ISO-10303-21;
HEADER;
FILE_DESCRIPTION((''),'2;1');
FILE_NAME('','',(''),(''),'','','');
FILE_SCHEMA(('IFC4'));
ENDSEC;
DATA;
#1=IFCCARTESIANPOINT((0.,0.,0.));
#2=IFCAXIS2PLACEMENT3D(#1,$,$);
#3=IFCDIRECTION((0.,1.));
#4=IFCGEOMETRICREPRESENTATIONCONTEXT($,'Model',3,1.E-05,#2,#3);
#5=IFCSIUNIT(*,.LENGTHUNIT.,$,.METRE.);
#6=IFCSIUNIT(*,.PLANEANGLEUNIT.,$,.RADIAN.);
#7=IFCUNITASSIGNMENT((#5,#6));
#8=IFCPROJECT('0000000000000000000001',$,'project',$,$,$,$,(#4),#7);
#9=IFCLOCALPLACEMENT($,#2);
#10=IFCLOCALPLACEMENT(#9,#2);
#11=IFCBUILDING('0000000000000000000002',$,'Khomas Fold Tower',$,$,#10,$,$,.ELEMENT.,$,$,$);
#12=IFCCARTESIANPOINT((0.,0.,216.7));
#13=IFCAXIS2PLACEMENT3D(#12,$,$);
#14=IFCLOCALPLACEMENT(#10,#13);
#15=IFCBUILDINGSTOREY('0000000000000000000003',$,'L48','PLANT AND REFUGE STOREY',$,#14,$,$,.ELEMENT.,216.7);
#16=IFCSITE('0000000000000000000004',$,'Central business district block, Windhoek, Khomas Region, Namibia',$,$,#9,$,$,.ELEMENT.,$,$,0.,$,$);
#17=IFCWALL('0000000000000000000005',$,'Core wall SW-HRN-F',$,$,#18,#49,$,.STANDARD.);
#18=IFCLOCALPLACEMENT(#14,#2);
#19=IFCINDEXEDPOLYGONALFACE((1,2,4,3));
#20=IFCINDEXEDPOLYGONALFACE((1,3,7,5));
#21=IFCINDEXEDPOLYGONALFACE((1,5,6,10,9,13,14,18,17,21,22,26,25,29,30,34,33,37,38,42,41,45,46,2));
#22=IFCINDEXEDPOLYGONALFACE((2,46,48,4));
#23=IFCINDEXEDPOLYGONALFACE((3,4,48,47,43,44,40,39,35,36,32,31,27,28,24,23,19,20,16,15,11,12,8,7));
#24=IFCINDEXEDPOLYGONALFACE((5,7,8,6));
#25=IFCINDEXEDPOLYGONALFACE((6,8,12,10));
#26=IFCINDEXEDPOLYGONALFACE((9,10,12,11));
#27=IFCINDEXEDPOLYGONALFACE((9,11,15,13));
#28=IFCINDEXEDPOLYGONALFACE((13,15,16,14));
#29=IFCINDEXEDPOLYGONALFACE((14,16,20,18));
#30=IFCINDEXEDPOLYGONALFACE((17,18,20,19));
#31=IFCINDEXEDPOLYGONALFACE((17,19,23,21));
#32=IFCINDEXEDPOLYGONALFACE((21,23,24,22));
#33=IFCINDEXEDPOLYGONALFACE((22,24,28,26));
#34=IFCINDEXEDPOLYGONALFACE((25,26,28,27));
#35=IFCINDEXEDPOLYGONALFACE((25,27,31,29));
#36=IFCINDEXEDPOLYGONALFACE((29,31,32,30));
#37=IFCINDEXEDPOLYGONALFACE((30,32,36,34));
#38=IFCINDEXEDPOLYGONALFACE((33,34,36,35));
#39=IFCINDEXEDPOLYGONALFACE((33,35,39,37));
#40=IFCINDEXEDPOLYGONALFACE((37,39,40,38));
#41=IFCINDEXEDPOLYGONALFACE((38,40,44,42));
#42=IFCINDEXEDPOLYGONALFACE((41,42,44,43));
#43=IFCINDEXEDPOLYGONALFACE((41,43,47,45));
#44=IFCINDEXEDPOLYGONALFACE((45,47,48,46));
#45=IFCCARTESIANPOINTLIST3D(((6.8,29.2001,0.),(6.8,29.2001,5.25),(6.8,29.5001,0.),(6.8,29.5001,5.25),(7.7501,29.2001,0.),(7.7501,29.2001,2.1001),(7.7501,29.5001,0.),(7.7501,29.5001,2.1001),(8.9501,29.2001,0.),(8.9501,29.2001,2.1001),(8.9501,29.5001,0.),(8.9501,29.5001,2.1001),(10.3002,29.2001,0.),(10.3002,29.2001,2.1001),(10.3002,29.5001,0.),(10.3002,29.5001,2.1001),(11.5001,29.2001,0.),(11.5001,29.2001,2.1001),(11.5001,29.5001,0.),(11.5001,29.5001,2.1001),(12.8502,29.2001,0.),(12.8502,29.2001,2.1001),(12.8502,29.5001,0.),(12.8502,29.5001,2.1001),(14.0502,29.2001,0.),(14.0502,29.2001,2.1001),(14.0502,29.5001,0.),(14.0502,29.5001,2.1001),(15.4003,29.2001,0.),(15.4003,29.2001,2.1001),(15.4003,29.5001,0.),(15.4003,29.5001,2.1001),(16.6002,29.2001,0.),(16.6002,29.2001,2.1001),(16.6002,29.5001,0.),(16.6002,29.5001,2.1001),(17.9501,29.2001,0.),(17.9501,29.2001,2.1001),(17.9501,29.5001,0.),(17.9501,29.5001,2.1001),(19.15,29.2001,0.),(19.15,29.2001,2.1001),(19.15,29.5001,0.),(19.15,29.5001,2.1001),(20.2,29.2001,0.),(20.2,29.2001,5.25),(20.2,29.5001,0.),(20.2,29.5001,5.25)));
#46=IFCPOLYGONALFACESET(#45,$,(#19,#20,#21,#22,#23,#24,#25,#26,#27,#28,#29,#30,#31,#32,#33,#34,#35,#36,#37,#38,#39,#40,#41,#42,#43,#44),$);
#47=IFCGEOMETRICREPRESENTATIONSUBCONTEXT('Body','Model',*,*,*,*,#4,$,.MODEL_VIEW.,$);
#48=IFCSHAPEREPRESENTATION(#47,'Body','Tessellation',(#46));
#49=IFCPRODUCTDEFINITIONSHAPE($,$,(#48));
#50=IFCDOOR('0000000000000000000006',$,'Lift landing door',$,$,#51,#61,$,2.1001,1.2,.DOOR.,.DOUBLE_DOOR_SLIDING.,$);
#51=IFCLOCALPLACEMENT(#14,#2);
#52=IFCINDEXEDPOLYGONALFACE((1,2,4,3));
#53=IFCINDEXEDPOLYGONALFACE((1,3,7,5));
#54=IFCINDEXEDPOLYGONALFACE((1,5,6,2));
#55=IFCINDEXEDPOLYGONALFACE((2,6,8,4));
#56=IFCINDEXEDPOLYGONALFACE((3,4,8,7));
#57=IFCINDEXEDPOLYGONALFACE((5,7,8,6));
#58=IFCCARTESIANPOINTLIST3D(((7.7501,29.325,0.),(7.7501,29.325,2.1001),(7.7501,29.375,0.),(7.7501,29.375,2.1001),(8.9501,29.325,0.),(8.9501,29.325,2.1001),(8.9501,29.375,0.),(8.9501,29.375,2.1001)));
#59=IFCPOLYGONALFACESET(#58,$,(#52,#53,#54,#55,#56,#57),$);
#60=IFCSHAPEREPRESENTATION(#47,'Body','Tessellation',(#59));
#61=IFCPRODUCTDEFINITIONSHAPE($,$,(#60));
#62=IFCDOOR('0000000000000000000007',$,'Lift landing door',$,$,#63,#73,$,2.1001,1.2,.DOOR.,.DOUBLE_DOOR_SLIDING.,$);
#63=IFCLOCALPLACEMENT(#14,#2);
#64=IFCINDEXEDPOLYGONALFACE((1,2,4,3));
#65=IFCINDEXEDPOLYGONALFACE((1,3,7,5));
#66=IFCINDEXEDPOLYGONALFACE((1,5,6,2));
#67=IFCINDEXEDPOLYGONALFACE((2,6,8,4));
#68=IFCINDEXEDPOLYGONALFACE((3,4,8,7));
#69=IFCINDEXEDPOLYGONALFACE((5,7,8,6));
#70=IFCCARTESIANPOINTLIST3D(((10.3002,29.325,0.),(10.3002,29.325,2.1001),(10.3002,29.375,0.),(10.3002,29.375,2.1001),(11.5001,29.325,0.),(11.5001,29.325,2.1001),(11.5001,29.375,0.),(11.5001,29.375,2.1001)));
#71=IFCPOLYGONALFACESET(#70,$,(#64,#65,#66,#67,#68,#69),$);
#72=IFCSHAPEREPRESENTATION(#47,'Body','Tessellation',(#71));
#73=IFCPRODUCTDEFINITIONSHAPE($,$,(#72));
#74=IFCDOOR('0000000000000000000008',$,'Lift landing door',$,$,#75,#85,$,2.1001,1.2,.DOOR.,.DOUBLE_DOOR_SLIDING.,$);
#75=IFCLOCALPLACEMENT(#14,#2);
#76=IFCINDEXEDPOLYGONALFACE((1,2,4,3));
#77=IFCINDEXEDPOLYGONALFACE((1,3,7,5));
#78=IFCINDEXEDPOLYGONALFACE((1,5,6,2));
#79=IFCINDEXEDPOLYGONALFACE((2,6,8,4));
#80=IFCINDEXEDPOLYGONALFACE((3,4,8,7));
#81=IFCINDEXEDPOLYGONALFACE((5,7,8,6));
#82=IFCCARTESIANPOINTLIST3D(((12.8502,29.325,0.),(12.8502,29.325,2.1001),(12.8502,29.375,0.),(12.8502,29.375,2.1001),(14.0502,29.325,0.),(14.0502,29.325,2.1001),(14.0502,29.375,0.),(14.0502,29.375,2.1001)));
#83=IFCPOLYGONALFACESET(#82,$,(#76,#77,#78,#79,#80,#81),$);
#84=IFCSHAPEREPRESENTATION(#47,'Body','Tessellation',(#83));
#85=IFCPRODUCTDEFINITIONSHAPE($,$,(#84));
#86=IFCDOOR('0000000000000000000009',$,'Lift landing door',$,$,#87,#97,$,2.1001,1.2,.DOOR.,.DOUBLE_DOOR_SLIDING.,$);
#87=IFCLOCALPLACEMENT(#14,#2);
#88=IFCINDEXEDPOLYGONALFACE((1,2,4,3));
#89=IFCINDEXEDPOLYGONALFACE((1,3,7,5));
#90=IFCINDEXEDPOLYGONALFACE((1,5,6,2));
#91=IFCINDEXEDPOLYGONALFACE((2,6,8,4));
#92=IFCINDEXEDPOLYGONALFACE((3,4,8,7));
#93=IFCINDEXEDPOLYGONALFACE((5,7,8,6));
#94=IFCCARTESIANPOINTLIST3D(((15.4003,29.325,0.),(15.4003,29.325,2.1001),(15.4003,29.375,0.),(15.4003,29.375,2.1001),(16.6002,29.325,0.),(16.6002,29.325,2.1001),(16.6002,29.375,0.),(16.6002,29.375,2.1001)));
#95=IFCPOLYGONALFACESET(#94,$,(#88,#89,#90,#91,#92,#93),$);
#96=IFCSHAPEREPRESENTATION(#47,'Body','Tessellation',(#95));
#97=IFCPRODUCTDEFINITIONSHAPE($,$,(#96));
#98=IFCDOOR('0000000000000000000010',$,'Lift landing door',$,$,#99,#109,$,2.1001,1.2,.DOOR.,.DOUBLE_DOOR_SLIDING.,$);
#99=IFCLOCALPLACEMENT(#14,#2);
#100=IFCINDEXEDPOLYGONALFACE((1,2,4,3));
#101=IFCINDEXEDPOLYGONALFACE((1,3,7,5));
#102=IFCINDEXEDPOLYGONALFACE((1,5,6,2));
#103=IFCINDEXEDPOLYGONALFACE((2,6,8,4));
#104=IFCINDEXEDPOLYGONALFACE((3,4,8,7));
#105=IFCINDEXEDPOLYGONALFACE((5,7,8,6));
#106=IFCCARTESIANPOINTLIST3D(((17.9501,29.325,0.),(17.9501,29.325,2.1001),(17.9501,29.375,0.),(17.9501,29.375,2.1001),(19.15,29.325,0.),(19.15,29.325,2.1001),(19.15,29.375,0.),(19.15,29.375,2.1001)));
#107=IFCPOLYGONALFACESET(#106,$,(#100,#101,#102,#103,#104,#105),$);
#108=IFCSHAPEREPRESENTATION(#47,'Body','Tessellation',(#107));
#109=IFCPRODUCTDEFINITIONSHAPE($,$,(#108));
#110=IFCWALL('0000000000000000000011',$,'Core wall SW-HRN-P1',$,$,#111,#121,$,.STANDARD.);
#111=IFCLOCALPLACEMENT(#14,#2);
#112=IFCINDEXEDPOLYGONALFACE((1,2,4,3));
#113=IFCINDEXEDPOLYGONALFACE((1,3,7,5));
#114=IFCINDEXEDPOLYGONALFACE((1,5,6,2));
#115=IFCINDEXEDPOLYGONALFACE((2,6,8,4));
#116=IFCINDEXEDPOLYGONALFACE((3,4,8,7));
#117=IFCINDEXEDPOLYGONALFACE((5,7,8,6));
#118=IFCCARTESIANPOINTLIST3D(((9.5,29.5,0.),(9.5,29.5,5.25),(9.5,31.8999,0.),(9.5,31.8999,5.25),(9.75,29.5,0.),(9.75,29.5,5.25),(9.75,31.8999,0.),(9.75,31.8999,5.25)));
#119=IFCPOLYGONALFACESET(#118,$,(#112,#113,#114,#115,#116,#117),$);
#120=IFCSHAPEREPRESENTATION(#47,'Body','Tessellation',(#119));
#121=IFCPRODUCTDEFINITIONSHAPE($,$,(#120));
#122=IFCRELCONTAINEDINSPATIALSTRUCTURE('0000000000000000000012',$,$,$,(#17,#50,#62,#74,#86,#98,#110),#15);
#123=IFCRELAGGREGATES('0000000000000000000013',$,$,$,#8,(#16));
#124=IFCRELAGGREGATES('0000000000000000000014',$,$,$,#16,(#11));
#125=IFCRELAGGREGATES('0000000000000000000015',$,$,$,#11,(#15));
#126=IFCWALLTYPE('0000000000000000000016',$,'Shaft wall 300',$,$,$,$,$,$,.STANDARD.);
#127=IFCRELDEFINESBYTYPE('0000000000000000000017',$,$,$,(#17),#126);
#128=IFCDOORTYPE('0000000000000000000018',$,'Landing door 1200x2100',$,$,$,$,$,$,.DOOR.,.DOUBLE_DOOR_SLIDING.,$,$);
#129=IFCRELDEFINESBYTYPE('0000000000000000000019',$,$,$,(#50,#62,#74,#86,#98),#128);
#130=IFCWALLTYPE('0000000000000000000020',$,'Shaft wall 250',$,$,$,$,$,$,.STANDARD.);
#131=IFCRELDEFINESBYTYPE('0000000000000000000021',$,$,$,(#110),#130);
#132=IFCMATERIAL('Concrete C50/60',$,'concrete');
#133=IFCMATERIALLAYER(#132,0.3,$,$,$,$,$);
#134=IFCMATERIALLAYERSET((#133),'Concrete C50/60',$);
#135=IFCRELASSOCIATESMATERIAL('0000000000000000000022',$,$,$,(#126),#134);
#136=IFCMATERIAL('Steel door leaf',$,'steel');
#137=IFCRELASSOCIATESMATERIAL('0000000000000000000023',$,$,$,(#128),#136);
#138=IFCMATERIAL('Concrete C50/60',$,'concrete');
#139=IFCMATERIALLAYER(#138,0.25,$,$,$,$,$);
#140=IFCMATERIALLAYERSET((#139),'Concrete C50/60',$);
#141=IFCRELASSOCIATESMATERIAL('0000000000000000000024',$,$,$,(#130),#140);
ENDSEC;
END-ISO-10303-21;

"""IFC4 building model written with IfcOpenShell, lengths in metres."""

from ifc_helpers import new_model, si_unit, direction, frame, frame_2d, origin, place, context, subcontext, project, spatial, rectangle, extrude, source, transform, mapped, material, layer, layer_set, type_object, element, fill, save


model = new_model("IFC4")

# Units and contexts
model_context = context("Model", 3, precision=1e-05, world=origin(), true_north=direction((0.0, 1.0)))
body_context = subcontext(model_context, "Body", "Model", "MODEL_VIEW")
ifc_project = project(units=[si_unit("LENGTHUNIT", "METRE"), si_unit("PLANEANGLEUNIT", "RADIAN")], contexts=[model_context])

# Site, building, storey
site_placement = place(None, origin())
site = spatial("IfcSite", under=ifc_project, at=site_placement, Name="Central business district block, Windhoek, Khomas Region, Namibia", CompositionType="ELEMENT", RefElevation=0.0)
building_placement = place(site_placement, origin())
building = spatial("IfcBuilding", under=site, at=building_placement, Name="Khomas Fold Tower", CompositionType="ELEMENT")
storey_placement = place(building_placement, frame((0.0, 0.0, 216.7)))
storey = spatial("IfcBuildingStorey", under=building, at=storey_placement, Name="L48", Description="PLANT AND REFUGE STOREY", CompositionType="ELEMENT", Elevation=216.7)

# Shared definitions
ifc_material_1 = material(Name="Concrete C50/60", Category="concrete")
ifc_layer_1 = layer(ifc_material_1, 0.3)
ifc_layer_set_1 = layer_set([ifc_layer_1], Name="Concrete C50/60")
wall_type_1 = type_object("IfcWallType", Name="Shaft wall 300", PredefinedType="STANDARD", material=ifc_layer_set_1)
shared_shape_1 = source(origin(), body_context, "Body", "SweptSolid", [
    extrude(rectangle(XDim=13.3999, YDim=0.3, at=frame_2d((6.7, 0.0))), origin(), (0.0, 0.0, 1.0), 5.25),
])

# Wall, openings, doors
wall_1_placement = place(storey_placement, frame((6.8, 29.3501, 0.0), z_axis=(0.0, 0.0, 1.0), x_axis=(1.0, 0.0, 0.0)))
wall_1 = element("IfcWall", 1, at=wall_1_placement, inside=storey, type_object=wall_type_1, Name="Core wall SW-HRN-F", PredefinedType="STANDARD", context=body_context, shape_type="MappedRepresentation", body=[
    mapped(shared_shape_1, transform((0.0, 0.0, 0.0))),
])
shared_shape_2 = source(origin(), body_context, "Body", "SweptSolid", [
    extrude(rectangle(XDim=1.2, YDim=2.1001, at=frame_2d((0.6001, 1.05))), frame((0.0, 0.1599, 0.0), z_axis=(0.0, -1.0, 0.0), x_axis=(1.0, 0.0, 0.0)), (0.0, 0.0, 1.0), 0.3201),
])
opening_1_placement = place(wall_1_placement, frame((0.95, 0.0, 0.0)))
opening_1 = element("IfcOpeningElement", 2, at=opening_1_placement, cuts=wall_1, PredefinedType="OPENING", context=body_context, shape_type="MappedRepresentation", body=[
    mapped(shared_shape_2, transform((0.0, 0.0, 0.0))),
])
opening_2_placement = place(wall_1_placement, frame((3.5, 0.0, 0.0)))
opening_2 = element("IfcOpeningElement", 3, at=opening_2_placement, cuts=wall_1, PredefinedType="OPENING", context=body_context, shape_type="MappedRepresentation", body=[
    mapped(shared_shape_2, transform((0.0, 0.0, 0.0))),
])
opening_3_placement = place(wall_1_placement, frame((6.05, 0.0, 0.0)))
opening_3 = element("IfcOpeningElement", 4, at=opening_3_placement, cuts=wall_1, PredefinedType="OPENING", context=body_context, shape_type="MappedRepresentation", body=[
    mapped(shared_shape_2, transform((0.0, 0.0, 0.0))),
])
opening_4_placement = place(wall_1_placement, frame((8.6001, 0.0, 0.0)))
opening_4 = element("IfcOpeningElement", 5, at=opening_4_placement, cuts=wall_1, PredefinedType="OPENING", context=body_context, shape_type="MappedRepresentation", body=[
    mapped(shared_shape_2, transform((0.0, 0.0, 0.0))),
])
opening_5_placement = place(wall_1_placement, frame((11.1499, 0.0, 0.0)))
opening_5 = element("IfcOpeningElement", 6, at=opening_5_placement, cuts=wall_1, PredefinedType="OPENING", context=body_context, shape_type="MappedRepresentation", body=[
    mapped(shared_shape_2, transform((0.0, 0.0, 0.0))),
])
ifc_material_2 = material(Name="Steel door leaf", Category="steel")
door_type_1 = type_object("IfcDoorType", Name="Landing door 1200x2100", OperationType="DOUBLE_DOOR_SLIDING", PredefinedType="DOOR", material=ifc_material_2)
shared_shape_3 = source(origin(), body_context, "Body", "SweptSolid", [
    extrude(rectangle(XDim=1.2, YDim=2.1001, at=frame_2d((0.6001, 1.05))), frame((0.0, 0.0249, 0.0), z_axis=(0.0, -1.0, 0.0), x_axis=(1.0, 0.0, 0.0)), (0.0, 0.0, 1.0), 0.05),
])
door_1_placement = place(opening_1_placement, origin())
door_1 = element("IfcDoor", 7, at=door_1_placement, inside=storey, type_object=door_type_1, Name="Lift landing door", OperationType="DOUBLE_DOOR_SLIDING", OverallHeight=2.1001, OverallWidth=1.2, PredefinedType="DOOR", context=body_context, shape_type="MappedRepresentation", body=[
    mapped(shared_shape_3, transform((0.0, 0.0, 0.0))),
])
fill(opening_1, door_1)
door_2_placement = place(opening_2_placement, origin())
door_2 = element("IfcDoor", 8, at=door_2_placement, inside=storey, type_object=door_type_1, Name="Lift landing door", OperationType="DOUBLE_DOOR_SLIDING", OverallHeight=2.1001, OverallWidth=1.2, PredefinedType="DOOR", context=body_context, shape_type="MappedRepresentation", body=[
    mapped(shared_shape_3, transform((0.0, 0.0, 0.0))),
])
fill(opening_2, door_2)
door_3_placement = place(opening_3_placement, origin())
door_3 = element("IfcDoor", 9, at=door_3_placement, inside=storey, type_object=door_type_1, Name="Lift landing door", OperationType="DOUBLE_DOOR_SLIDING", OverallHeight=2.1001, OverallWidth=1.2, PredefinedType="DOOR", context=body_context, shape_type="MappedRepresentation", body=[
    mapped(shared_shape_3, transform((0.0, 0.0, 0.0))),
])
fill(opening_3, door_3)
door_4_placement = place(opening_4_placement, origin())
door_4 = element("IfcDoor", 10, at=door_4_placement, inside=storey, type_object=door_type_1, Name="Lift landing door", OperationType="DOUBLE_DOOR_SLIDING", OverallHeight=2.1001, OverallWidth=1.2, PredefinedType="DOOR", context=body_context, shape_type="MappedRepresentation", body=[
    mapped(shared_shape_3, transform((0.0, 0.0, 0.0))),
])
fill(opening_4, door_4)
door_5_placement = place(opening_5_placement, origin())
door_5 = element("IfcDoor", 11, at=door_5_placement, inside=storey, type_object=door_type_1, Name="Lift landing door", OperationType="DOUBLE_DOOR_SLIDING", OverallHeight=2.1001, OverallWidth=1.2, PredefinedType="DOOR", context=body_context, shape_type="MappedRepresentation", body=[
    mapped(shared_shape_3, transform((0.0, 0.0, 0.0))),
])
fill(opening_5, door_5)

# Wall
ifc_material_3 = material(Name="Concrete C50/60", Category="concrete")
ifc_layer_2 = layer(ifc_material_3, 0.25)
ifc_layer_set_2 = layer_set([ifc_layer_2], Name="Concrete C50/60")
wall_type_2 = type_object("IfcWallType", Name="Shaft wall 250", PredefinedType="STANDARD", material=ifc_layer_set_2)
shared_shape_4 = source(origin(), body_context, "Body", "SweptSolid", [
    extrude(rectangle(XDim=2.3999, YDim=0.25, at=frame_2d((1.2, 0.0))), origin(), (0.0, 0.0, 1.0), 5.25),
])
wall_2_placement = place(storey_placement, frame((9.625, 29.5, 0.0), z_axis=(0.0, 0.0, 1.0), x_axis=(0.0, 1.0, 0.0)))
element("IfcWall", 12, at=wall_2_placement, inside=storey, type_object=wall_type_2, Name="Core wall SW-HRN-P1", PredefinedType="STANDARD", context=body_context, shape_type="MappedRepresentation", body=[
    mapped(shared_shape_4, transform((0.0, 0.0, 0.0))),
])

save(model, "model.ifc")
